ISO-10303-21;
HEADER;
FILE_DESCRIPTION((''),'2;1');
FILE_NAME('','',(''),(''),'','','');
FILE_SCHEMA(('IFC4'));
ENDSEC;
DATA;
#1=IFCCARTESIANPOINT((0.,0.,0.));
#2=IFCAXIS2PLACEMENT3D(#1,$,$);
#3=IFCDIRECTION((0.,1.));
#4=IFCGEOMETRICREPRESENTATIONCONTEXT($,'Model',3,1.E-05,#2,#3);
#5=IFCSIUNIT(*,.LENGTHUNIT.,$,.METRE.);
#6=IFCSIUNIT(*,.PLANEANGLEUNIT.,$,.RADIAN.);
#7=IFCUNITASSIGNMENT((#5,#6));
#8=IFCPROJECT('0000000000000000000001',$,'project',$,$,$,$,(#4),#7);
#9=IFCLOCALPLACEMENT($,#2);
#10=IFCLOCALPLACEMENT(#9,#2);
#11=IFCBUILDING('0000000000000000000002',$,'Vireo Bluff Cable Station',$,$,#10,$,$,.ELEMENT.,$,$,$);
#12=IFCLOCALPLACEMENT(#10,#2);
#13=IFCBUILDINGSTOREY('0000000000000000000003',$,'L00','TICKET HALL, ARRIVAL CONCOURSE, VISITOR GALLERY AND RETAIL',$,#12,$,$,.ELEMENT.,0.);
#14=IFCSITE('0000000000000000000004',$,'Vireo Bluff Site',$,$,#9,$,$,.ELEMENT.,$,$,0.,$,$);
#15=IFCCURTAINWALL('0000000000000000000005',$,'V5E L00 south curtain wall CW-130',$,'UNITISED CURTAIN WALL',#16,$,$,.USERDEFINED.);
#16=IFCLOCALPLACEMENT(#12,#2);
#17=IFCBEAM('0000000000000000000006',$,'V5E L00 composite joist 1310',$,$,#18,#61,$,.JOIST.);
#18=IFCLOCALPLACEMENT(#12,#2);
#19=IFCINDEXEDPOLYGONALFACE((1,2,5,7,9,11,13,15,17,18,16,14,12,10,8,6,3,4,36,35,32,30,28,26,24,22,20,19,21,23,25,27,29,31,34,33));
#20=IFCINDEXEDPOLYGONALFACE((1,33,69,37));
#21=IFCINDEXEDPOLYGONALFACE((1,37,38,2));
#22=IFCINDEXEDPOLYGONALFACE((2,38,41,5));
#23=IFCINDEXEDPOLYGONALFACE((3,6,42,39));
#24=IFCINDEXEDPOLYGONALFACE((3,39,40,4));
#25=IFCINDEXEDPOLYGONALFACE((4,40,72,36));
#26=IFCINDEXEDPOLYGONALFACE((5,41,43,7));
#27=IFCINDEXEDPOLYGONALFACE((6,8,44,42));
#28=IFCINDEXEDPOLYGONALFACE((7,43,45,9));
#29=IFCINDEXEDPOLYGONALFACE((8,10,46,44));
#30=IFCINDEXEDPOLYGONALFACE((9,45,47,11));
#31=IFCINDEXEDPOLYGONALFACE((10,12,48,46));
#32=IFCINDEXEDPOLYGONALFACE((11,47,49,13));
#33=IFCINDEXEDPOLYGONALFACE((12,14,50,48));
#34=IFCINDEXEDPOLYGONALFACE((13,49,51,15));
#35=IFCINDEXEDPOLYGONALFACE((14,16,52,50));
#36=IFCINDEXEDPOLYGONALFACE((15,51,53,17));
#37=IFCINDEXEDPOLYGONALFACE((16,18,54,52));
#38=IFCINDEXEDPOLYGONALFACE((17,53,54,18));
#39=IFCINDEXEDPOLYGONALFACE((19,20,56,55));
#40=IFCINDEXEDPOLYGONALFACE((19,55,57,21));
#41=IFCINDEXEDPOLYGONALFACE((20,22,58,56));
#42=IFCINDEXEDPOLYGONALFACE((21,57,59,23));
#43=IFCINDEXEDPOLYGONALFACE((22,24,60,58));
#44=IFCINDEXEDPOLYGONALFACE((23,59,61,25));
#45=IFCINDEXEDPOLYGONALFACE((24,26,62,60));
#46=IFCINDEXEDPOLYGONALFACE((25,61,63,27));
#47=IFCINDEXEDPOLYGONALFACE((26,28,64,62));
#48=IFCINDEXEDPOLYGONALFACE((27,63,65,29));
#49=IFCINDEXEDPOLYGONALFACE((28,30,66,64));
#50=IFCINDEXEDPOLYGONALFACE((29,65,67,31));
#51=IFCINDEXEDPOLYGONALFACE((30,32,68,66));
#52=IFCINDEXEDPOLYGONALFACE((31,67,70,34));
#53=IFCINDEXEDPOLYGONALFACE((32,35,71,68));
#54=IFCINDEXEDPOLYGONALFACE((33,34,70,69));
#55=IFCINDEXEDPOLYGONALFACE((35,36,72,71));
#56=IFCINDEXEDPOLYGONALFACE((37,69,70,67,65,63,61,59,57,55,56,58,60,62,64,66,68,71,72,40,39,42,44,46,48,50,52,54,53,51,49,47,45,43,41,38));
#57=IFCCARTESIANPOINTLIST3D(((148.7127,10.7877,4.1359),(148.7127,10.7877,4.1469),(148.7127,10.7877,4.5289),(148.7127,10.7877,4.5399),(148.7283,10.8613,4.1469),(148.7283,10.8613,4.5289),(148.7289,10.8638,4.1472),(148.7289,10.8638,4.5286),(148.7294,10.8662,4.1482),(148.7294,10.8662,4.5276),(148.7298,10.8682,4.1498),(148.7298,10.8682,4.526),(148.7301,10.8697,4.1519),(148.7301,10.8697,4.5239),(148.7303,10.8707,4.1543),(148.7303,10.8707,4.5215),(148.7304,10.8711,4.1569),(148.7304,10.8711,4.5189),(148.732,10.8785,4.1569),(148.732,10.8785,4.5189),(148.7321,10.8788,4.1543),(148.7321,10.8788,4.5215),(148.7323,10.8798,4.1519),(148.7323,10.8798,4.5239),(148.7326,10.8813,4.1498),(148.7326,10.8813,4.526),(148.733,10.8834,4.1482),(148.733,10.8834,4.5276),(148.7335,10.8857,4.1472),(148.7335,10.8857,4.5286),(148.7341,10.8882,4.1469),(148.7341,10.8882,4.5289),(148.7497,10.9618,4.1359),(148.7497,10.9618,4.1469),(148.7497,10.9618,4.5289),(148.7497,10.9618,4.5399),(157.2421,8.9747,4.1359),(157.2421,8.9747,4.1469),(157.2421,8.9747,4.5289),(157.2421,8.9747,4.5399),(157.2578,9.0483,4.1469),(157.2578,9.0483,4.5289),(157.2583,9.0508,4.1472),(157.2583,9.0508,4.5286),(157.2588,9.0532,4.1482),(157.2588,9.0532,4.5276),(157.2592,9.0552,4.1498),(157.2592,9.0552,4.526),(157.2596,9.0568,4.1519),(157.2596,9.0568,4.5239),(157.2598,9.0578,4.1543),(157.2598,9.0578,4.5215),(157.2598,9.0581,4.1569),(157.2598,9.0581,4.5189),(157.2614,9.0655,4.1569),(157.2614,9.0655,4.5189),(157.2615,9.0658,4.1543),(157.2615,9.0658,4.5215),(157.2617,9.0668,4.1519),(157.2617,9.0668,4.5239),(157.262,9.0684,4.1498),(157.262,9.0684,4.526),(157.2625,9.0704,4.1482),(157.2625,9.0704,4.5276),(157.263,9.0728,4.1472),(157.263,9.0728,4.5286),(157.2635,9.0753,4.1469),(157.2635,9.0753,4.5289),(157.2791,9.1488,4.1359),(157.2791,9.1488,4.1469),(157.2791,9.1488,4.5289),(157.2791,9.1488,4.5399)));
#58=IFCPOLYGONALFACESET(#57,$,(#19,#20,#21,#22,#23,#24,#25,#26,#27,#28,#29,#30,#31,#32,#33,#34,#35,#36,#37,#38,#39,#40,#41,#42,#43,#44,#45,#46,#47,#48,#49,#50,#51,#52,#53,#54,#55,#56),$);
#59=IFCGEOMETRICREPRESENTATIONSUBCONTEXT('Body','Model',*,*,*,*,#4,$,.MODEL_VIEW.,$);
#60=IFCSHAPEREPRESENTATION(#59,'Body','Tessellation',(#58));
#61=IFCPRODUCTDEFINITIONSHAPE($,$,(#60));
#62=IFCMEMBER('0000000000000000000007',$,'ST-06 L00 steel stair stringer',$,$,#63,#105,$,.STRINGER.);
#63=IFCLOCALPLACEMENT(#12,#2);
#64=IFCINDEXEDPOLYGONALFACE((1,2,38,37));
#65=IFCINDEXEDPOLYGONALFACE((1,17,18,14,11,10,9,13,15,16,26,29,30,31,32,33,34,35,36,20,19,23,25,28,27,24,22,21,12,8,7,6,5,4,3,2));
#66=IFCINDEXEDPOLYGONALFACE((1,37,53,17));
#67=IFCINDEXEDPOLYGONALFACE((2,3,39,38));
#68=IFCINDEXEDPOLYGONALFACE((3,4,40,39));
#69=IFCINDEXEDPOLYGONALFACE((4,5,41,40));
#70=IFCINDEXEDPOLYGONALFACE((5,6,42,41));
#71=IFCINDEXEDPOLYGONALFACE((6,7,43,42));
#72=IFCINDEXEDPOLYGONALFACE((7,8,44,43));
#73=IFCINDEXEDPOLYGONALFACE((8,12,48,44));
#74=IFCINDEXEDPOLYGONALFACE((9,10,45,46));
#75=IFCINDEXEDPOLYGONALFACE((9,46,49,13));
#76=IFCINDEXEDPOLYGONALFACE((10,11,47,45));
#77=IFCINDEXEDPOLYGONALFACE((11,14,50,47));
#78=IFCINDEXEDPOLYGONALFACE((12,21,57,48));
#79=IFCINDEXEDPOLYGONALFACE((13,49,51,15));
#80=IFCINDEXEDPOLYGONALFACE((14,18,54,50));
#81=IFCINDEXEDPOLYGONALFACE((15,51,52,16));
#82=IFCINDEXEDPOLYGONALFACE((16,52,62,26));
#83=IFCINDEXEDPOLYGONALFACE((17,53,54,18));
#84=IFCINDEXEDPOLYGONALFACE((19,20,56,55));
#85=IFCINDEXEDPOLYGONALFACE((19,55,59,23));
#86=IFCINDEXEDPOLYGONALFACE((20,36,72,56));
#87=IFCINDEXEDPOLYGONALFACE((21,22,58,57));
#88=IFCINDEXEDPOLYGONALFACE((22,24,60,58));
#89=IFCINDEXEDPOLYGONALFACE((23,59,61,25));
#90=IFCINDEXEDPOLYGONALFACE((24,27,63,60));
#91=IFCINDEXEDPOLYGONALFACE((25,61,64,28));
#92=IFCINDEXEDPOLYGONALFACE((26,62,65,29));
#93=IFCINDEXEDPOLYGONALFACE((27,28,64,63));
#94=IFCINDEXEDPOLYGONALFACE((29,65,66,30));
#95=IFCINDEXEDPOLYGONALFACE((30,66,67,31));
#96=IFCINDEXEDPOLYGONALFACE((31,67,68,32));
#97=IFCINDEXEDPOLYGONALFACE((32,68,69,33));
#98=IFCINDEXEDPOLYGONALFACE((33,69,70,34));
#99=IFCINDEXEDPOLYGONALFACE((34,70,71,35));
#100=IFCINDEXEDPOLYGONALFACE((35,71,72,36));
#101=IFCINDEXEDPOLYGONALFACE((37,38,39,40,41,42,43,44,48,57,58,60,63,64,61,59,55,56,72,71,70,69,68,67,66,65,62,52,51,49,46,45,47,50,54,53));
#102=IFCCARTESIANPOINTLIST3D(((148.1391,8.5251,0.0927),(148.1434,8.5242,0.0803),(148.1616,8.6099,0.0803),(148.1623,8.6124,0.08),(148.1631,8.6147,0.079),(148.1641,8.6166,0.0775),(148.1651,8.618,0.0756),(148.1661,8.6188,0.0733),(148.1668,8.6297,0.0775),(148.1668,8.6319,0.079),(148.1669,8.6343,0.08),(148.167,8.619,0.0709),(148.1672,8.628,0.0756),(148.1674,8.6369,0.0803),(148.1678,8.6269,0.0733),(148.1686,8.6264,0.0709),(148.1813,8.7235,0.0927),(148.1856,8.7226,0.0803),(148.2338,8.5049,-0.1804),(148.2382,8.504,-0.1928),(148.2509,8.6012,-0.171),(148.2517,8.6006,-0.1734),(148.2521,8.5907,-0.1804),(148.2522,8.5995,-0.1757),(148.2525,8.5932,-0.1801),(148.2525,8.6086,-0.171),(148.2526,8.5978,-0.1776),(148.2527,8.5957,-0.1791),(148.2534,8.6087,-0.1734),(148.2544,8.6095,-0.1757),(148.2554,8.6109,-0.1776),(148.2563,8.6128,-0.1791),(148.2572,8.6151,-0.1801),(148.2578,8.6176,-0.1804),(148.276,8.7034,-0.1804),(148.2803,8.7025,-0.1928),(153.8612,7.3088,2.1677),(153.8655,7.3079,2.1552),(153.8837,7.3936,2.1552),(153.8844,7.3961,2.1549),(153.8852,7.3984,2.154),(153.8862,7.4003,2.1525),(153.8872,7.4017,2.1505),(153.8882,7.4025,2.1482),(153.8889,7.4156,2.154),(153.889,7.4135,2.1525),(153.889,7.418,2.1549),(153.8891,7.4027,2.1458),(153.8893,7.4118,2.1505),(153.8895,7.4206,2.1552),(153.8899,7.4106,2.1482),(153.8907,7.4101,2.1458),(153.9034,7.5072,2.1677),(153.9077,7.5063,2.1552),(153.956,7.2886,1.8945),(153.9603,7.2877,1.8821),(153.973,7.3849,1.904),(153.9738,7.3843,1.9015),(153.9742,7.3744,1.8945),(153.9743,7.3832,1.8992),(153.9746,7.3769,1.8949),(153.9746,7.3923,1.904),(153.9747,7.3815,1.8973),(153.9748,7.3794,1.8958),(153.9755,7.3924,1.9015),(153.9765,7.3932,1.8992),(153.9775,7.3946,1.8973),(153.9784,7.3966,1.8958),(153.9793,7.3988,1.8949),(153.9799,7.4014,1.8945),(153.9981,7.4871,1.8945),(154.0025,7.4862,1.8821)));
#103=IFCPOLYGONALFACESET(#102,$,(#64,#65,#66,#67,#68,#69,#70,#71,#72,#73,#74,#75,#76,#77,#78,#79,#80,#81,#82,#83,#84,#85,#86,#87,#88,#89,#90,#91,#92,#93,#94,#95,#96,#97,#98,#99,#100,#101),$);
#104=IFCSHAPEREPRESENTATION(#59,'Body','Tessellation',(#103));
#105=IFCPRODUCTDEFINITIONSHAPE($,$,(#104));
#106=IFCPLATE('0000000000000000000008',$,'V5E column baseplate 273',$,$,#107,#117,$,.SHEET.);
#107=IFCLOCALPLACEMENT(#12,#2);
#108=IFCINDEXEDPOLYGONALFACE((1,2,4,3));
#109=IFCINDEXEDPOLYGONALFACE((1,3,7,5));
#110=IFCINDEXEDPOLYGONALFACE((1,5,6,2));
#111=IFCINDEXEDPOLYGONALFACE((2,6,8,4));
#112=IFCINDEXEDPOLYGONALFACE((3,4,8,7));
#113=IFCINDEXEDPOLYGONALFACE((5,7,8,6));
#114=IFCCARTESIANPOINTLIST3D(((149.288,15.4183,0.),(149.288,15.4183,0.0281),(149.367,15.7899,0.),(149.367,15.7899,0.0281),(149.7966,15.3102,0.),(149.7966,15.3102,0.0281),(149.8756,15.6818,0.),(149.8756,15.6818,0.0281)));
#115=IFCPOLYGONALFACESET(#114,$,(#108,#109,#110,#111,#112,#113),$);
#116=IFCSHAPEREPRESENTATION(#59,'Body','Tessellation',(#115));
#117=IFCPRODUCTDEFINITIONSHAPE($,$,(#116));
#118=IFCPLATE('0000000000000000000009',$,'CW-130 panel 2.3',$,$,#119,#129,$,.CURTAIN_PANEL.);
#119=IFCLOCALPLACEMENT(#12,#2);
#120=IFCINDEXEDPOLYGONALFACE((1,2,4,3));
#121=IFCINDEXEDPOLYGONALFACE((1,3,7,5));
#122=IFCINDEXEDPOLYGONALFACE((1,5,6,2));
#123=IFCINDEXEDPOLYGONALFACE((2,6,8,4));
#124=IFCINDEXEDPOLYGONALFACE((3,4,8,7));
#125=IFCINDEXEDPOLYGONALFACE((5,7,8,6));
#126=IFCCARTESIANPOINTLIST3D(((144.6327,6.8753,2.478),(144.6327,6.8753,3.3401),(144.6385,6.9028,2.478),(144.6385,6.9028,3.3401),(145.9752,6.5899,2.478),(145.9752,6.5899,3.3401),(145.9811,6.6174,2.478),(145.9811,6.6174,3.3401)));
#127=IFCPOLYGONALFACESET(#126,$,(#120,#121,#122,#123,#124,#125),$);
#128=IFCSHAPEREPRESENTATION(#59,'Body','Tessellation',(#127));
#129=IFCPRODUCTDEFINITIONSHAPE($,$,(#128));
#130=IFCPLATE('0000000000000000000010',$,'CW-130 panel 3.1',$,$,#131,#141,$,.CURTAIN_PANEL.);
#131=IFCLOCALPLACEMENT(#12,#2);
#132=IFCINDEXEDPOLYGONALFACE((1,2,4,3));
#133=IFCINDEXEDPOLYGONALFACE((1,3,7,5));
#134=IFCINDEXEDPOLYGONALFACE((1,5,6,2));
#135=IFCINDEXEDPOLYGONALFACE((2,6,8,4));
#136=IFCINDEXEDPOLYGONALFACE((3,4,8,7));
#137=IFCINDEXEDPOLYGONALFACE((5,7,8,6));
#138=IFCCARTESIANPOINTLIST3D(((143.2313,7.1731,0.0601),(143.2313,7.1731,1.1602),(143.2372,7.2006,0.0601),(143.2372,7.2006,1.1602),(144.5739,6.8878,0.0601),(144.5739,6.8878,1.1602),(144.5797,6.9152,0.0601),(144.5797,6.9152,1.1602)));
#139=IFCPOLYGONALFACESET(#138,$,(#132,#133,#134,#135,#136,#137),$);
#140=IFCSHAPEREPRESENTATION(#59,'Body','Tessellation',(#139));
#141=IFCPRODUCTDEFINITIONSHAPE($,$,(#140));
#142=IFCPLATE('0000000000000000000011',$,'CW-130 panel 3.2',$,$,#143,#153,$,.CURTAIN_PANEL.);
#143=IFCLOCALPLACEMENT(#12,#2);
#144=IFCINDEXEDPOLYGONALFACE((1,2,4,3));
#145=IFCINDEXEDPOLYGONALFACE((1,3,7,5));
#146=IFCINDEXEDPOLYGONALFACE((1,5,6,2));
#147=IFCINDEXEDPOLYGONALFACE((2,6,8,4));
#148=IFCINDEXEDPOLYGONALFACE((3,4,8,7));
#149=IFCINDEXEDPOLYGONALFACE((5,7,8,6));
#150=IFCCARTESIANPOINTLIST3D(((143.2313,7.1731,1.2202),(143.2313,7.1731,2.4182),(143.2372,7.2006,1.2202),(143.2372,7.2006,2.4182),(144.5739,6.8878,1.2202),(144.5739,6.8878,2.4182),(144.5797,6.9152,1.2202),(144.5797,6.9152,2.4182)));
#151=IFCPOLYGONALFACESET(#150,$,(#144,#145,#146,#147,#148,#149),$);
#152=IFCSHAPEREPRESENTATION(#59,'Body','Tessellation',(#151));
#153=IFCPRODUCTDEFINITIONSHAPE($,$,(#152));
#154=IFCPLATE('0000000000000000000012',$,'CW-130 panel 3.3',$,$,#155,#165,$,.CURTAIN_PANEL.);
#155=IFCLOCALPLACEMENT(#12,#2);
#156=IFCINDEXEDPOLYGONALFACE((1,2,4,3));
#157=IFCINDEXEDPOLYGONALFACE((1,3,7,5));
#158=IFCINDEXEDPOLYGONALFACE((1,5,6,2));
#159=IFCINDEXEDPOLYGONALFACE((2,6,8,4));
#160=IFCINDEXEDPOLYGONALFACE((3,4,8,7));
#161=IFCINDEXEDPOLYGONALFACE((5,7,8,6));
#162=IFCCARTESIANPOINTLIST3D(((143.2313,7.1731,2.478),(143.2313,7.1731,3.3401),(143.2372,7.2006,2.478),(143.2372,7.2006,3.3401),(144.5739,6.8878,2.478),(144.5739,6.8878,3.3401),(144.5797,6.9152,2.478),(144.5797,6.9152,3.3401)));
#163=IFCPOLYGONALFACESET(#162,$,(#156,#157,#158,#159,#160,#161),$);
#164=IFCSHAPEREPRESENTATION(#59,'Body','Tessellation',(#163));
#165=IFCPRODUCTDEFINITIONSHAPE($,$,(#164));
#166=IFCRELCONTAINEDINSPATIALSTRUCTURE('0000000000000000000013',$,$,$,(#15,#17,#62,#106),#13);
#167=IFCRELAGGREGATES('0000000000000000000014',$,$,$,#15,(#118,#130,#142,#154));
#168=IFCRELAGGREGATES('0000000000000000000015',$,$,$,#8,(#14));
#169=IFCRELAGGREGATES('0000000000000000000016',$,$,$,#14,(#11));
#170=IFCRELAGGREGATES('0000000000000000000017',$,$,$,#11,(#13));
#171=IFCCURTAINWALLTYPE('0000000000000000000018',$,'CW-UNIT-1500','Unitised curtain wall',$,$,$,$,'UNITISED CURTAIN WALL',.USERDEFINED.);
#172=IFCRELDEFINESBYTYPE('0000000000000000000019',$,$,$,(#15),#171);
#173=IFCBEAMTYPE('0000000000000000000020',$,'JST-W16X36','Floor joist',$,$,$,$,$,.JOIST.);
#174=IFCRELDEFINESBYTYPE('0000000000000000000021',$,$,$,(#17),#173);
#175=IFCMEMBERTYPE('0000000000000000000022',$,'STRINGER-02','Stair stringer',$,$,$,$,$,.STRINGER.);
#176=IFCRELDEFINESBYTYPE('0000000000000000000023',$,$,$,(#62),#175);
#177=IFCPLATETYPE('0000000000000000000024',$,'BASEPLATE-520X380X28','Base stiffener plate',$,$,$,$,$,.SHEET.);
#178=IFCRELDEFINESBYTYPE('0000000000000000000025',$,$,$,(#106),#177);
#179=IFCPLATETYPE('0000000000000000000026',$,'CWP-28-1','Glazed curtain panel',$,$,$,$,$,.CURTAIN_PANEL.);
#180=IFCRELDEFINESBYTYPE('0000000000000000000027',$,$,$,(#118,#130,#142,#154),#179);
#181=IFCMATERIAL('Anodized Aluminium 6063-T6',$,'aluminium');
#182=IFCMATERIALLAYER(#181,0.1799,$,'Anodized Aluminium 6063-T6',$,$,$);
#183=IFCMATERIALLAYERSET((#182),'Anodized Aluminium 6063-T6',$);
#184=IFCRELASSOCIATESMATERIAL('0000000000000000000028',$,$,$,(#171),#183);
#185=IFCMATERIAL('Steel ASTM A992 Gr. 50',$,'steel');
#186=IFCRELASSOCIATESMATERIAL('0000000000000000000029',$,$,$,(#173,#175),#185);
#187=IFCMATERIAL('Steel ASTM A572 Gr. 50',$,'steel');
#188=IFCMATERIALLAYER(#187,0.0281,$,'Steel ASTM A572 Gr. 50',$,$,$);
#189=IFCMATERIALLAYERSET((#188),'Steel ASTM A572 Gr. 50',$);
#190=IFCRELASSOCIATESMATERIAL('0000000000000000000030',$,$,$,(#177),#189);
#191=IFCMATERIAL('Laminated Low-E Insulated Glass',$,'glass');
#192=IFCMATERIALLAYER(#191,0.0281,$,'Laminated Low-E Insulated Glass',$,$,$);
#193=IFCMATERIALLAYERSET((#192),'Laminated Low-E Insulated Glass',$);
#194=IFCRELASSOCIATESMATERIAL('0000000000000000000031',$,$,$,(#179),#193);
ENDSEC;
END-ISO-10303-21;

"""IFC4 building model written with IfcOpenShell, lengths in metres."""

from ifc_helpers import new_model, si_unit, direction, frame, origin, origin_2d, place, context, subcontext, project, spatial, rectangle, i_section, extrude, material, layer, layer_set, material_profile, profile_set, type_object, element, aggregate, save


model = new_model("IFC4")

# Units and contexts
model_context = context("Model", 3, precision=1e-05, world=origin(), true_north=direction((0.0, 1.0)))
body_context = subcontext(model_context, "Body", "Model", "MODEL_VIEW")
ifc_project = project(units=[si_unit("LENGTHUNIT", "METRE"), si_unit("PLANEANGLEUNIT", "RADIAN")], contexts=[model_context])

# Site, building, storey
site_placement = place(None, origin())
site = spatial("IfcSite", under=ifc_project, at=site_placement, Name="Vireo Bluff Site", CompositionType="ELEMENT", RefElevation=0.0)
building_placement = place(site_placement, origin())
building = spatial("IfcBuilding", under=site, at=building_placement, Name="Vireo Bluff Cable Station", CompositionType="ELEMENT")
storey_placement = place(building_placement, origin())
storey = spatial("IfcBuildingStorey", under=building, at=storey_placement, Name="L00", Description="TICKET HALL, ARRIVAL CONCOURSE, VISITOR GALLERY AND RETAIL", CompositionType="ELEMENT", Elevation=0.0)

# Shared definitions
ifc_material_1 = material(Name="Steel ASTM A992 Gr. 50", Category="steel")

# Curtain wall
ifc_material_2 = material(Name="Anodized Aluminium 6063-T6", Category="aluminium")
ifc_layer_1 = layer(ifc_material_2, 0.1799, Name="Anodized Aluminium 6063-T6")
ifc_layer_set_1 = layer_set([ifc_layer_1], Name="Anodized Aluminium 6063-T6")
curtain_wall_type = type_object("IfcCurtainWallType", Name="CW-UNIT-1500", Description="Unitised curtain wall", ElementType="UNITISED CURTAIN WALL", PredefinedType="USERDEFINED", material=ifc_layer_set_1)
curtain_wall_placement = place(storey_placement, origin())
curtain_wall = element("IfcCurtainWall", 1, at=curtain_wall_placement, inside=storey, type_object=curtain_wall_type, Name="V5E L00 south curtain wall CW-130", ObjectType="UNITISED CURTAIN WALL", PredefinedType="USERDEFINED")

# Beam
ifc_material_profile_1 = material_profile(ifc_material_1, i_section(OverallWidth=0.178, OverallDepth=0.4041, WebThickness=0.0076, FlangeThickness=0.011, FilletRadius=0.01, at=origin_2d()), Name="W16X36")
ifc_profile_set_1 = profile_set([ifc_material_profile_1], Name="Steel ASTM A992 Gr. 50")
beam_type_1 = type_object("IfcBeamType", Name="JST-W16X36", Description="Floor joist", PredefinedType="JOIST", material=ifc_profile_set_1)
beam_1_placement = place(storey_placement, frame((148.7312, 10.8748, 4.3379), z_axis=(0.978148, -0.207909, 0.0), x_axis=(0.207909, 0.978148, 0.0)))
element("IfcBeam", 2, at=beam_1_placement, inside=storey, type_object=beam_type_1, Name="V5E L00 composite joist 1310", PredefinedType="JOIST", context=body_context, shape_type="SweptSolid", body=[
    extrude(i_section(OverallWidth=0.178, OverallDepth=0.4041, WebThickness=0.0076, FlangeThickness=0.011, FilletRadius=0.01, at=origin_2d()), origin(), (0.0, 0.0, 1.0), 8.72),
])

# Member
ifc_material_profile_2 = material_profile(ifc_material_1, i_section(OverallWidth=0.2029, OverallDepth=0.303, WebThickness=0.0076, FlangeThickness=0.0132, FilletRadius=0.01, at=origin_2d()), Name="W12X40")
ifc_profile_set_2 = profile_set([ifc_material_profile_2], Name="Steel ASTM A992 Gr. 50")
member_type_1 = type_object("IfcMemberType", Name="STRINGER-02", Description="Stair stringer", PredefinedType="STRINGER", material=ifc_profile_set_2)
member_1_placement = place(storey_placement, frame((148.2097, 8.6138, -0.05), z_axis=(0.921875, -0.195955, 0.334287), x_axis=(0.207916, 0.978147, 0.0)))
element("IfcMember", 3, at=member_1_placement, inside=storey, type_object=member_type_1, Name="ST-06 L00 steel stair stringer", PredefinedType="STRINGER", context=body_context, shape_type="SweptSolid", body=[
    extrude(i_section(OverallWidth=0.2029, OverallDepth=0.303, WebThickness=0.0076, FlangeThickness=0.0132, FilletRadius=0.01, at=origin_2d()), origin(), (0.0, 0.0, 1.0), 6.207),
])

# Plates
ifc_material_3 = material(Name="Steel ASTM A572 Gr. 50", Category="steel")
ifc_layer_2 = layer(ifc_material_3, 0.0281, Name="Steel ASTM A572 Gr. 50")
ifc_layer_set_2 = layer_set([ifc_layer_2], Name="Steel ASTM A572 Gr. 50")
plate_type_1 = type_object("IfcPlateType", Name="BASEPLATE-520X380X28", Description="Base stiffener plate", PredefinedType="SHEET", material=ifc_layer_set_2)
plate_1_placement = place(storey_placement, frame((149.5818, 15.55, 0.0), z_axis=(0.0, 0.0, 1.0), x_axis=(0.978148, -0.207912, 0.0)))
element("IfcPlate", 4, at=plate_1_placement, inside=storey, type_object=plate_type_1, Name="V5E column baseplate 273", PredefinedType="SHEET", context=body_context, shape_type="SweptSolid", body=[
    extrude(rectangle(XDim=0.52, YDim=0.3799, at=origin_2d()), origin(), (0.0, 0.0, 1.0), 0.0281),
])
ifc_material_4 = material(Name="Laminated Low-E Insulated Glass", Category="glass")
ifc_layer_3 = layer(ifc_material_4, 0.0281, Name="Laminated Low-E Insulated Glass")
ifc_layer_set_3 = layer_set([ifc_layer_3], Name="Laminated Low-E Insulated Glass")
plate_type_2 = type_object("IfcPlateType", Name="CWP-28-1", Description="Glazed curtain panel", PredefinedType="CURTAIN_PANEL", material=ifc_layer_set_3)
plate_2_placement = place(storey_placement, frame((145.3069, 6.7463, 2.478), z_axis=(0.0, 0.0, 1.0), x_axis=(-0.978148, 0.207912, 0.0)))
plate_2 = element("IfcPlate", 5, at=plate_2_placement, type_object=plate_type_2, Name="CW-130 panel 2.3", PredefinedType="CURTAIN_PANEL", context=body_context, shape_type="SweptSolid", body=[
    extrude(rectangle(XDim=1.3726, YDim=0.0281, at=origin_2d()), origin(), (0.0, 0.0, 1.0), 0.8621),
])
plate_3_placement = place(storey_placement, frame((143.9055, 7.0442, 0.0601), z_axis=(0.0, 0.0, 1.0), x_axis=(-0.978148, 0.207912, 0.0)))
plate_3 = element("IfcPlate", 6, at=plate_3_placement, type_object=plate_type_2, Name="CW-130 panel 3.1", PredefinedType="CURTAIN_PANEL", context=body_context, shape_type="SweptSolid", body=[
    extrude(rectangle(XDim=1.3726, YDim=0.0281, at=origin_2d()), origin(), (0.0, 0.0, 1.0), 1.1001),
])
plate_4_placement = place(storey_placement, frame((143.9055, 7.0442, 1.2202), z_axis=(0.0, 0.0, 1.0), x_axis=(-0.978148, 0.207912, 0.0)))
plate_4 = element("IfcPlate", 7, at=plate_4_placement, type_object=plate_type_2, Name="CW-130 panel 3.2", PredefinedType="CURTAIN_PANEL", context=body_context, shape_type="SweptSolid", body=[
    extrude(rectangle(XDim=1.3726, YDim=0.0281, at=origin_2d()), origin(), (0.0, 0.0, 1.0), 1.198),
])
plate_5_placement = place(storey_placement, frame((143.9055, 7.0442, 2.478), z_axis=(0.0, 0.0, 1.0), x_axis=(-0.978148, 0.207912, 0.0)))
plate_5 = element("IfcPlate", 8, at=plate_5_placement, type_object=plate_type_2, Name="CW-130 panel 3.3", PredefinedType="CURTAIN_PANEL", context=body_context, shape_type="SweptSolid", body=[
    extrude(rectangle(XDim=1.3726, YDim=0.0281, at=origin_2d()), origin(), (0.0, 0.0, 1.0), 0.8621),
])
aggregate(curtain_wall, [plate_2, plate_3, plate_4, plate_5])

save(model, "model.ifc")
